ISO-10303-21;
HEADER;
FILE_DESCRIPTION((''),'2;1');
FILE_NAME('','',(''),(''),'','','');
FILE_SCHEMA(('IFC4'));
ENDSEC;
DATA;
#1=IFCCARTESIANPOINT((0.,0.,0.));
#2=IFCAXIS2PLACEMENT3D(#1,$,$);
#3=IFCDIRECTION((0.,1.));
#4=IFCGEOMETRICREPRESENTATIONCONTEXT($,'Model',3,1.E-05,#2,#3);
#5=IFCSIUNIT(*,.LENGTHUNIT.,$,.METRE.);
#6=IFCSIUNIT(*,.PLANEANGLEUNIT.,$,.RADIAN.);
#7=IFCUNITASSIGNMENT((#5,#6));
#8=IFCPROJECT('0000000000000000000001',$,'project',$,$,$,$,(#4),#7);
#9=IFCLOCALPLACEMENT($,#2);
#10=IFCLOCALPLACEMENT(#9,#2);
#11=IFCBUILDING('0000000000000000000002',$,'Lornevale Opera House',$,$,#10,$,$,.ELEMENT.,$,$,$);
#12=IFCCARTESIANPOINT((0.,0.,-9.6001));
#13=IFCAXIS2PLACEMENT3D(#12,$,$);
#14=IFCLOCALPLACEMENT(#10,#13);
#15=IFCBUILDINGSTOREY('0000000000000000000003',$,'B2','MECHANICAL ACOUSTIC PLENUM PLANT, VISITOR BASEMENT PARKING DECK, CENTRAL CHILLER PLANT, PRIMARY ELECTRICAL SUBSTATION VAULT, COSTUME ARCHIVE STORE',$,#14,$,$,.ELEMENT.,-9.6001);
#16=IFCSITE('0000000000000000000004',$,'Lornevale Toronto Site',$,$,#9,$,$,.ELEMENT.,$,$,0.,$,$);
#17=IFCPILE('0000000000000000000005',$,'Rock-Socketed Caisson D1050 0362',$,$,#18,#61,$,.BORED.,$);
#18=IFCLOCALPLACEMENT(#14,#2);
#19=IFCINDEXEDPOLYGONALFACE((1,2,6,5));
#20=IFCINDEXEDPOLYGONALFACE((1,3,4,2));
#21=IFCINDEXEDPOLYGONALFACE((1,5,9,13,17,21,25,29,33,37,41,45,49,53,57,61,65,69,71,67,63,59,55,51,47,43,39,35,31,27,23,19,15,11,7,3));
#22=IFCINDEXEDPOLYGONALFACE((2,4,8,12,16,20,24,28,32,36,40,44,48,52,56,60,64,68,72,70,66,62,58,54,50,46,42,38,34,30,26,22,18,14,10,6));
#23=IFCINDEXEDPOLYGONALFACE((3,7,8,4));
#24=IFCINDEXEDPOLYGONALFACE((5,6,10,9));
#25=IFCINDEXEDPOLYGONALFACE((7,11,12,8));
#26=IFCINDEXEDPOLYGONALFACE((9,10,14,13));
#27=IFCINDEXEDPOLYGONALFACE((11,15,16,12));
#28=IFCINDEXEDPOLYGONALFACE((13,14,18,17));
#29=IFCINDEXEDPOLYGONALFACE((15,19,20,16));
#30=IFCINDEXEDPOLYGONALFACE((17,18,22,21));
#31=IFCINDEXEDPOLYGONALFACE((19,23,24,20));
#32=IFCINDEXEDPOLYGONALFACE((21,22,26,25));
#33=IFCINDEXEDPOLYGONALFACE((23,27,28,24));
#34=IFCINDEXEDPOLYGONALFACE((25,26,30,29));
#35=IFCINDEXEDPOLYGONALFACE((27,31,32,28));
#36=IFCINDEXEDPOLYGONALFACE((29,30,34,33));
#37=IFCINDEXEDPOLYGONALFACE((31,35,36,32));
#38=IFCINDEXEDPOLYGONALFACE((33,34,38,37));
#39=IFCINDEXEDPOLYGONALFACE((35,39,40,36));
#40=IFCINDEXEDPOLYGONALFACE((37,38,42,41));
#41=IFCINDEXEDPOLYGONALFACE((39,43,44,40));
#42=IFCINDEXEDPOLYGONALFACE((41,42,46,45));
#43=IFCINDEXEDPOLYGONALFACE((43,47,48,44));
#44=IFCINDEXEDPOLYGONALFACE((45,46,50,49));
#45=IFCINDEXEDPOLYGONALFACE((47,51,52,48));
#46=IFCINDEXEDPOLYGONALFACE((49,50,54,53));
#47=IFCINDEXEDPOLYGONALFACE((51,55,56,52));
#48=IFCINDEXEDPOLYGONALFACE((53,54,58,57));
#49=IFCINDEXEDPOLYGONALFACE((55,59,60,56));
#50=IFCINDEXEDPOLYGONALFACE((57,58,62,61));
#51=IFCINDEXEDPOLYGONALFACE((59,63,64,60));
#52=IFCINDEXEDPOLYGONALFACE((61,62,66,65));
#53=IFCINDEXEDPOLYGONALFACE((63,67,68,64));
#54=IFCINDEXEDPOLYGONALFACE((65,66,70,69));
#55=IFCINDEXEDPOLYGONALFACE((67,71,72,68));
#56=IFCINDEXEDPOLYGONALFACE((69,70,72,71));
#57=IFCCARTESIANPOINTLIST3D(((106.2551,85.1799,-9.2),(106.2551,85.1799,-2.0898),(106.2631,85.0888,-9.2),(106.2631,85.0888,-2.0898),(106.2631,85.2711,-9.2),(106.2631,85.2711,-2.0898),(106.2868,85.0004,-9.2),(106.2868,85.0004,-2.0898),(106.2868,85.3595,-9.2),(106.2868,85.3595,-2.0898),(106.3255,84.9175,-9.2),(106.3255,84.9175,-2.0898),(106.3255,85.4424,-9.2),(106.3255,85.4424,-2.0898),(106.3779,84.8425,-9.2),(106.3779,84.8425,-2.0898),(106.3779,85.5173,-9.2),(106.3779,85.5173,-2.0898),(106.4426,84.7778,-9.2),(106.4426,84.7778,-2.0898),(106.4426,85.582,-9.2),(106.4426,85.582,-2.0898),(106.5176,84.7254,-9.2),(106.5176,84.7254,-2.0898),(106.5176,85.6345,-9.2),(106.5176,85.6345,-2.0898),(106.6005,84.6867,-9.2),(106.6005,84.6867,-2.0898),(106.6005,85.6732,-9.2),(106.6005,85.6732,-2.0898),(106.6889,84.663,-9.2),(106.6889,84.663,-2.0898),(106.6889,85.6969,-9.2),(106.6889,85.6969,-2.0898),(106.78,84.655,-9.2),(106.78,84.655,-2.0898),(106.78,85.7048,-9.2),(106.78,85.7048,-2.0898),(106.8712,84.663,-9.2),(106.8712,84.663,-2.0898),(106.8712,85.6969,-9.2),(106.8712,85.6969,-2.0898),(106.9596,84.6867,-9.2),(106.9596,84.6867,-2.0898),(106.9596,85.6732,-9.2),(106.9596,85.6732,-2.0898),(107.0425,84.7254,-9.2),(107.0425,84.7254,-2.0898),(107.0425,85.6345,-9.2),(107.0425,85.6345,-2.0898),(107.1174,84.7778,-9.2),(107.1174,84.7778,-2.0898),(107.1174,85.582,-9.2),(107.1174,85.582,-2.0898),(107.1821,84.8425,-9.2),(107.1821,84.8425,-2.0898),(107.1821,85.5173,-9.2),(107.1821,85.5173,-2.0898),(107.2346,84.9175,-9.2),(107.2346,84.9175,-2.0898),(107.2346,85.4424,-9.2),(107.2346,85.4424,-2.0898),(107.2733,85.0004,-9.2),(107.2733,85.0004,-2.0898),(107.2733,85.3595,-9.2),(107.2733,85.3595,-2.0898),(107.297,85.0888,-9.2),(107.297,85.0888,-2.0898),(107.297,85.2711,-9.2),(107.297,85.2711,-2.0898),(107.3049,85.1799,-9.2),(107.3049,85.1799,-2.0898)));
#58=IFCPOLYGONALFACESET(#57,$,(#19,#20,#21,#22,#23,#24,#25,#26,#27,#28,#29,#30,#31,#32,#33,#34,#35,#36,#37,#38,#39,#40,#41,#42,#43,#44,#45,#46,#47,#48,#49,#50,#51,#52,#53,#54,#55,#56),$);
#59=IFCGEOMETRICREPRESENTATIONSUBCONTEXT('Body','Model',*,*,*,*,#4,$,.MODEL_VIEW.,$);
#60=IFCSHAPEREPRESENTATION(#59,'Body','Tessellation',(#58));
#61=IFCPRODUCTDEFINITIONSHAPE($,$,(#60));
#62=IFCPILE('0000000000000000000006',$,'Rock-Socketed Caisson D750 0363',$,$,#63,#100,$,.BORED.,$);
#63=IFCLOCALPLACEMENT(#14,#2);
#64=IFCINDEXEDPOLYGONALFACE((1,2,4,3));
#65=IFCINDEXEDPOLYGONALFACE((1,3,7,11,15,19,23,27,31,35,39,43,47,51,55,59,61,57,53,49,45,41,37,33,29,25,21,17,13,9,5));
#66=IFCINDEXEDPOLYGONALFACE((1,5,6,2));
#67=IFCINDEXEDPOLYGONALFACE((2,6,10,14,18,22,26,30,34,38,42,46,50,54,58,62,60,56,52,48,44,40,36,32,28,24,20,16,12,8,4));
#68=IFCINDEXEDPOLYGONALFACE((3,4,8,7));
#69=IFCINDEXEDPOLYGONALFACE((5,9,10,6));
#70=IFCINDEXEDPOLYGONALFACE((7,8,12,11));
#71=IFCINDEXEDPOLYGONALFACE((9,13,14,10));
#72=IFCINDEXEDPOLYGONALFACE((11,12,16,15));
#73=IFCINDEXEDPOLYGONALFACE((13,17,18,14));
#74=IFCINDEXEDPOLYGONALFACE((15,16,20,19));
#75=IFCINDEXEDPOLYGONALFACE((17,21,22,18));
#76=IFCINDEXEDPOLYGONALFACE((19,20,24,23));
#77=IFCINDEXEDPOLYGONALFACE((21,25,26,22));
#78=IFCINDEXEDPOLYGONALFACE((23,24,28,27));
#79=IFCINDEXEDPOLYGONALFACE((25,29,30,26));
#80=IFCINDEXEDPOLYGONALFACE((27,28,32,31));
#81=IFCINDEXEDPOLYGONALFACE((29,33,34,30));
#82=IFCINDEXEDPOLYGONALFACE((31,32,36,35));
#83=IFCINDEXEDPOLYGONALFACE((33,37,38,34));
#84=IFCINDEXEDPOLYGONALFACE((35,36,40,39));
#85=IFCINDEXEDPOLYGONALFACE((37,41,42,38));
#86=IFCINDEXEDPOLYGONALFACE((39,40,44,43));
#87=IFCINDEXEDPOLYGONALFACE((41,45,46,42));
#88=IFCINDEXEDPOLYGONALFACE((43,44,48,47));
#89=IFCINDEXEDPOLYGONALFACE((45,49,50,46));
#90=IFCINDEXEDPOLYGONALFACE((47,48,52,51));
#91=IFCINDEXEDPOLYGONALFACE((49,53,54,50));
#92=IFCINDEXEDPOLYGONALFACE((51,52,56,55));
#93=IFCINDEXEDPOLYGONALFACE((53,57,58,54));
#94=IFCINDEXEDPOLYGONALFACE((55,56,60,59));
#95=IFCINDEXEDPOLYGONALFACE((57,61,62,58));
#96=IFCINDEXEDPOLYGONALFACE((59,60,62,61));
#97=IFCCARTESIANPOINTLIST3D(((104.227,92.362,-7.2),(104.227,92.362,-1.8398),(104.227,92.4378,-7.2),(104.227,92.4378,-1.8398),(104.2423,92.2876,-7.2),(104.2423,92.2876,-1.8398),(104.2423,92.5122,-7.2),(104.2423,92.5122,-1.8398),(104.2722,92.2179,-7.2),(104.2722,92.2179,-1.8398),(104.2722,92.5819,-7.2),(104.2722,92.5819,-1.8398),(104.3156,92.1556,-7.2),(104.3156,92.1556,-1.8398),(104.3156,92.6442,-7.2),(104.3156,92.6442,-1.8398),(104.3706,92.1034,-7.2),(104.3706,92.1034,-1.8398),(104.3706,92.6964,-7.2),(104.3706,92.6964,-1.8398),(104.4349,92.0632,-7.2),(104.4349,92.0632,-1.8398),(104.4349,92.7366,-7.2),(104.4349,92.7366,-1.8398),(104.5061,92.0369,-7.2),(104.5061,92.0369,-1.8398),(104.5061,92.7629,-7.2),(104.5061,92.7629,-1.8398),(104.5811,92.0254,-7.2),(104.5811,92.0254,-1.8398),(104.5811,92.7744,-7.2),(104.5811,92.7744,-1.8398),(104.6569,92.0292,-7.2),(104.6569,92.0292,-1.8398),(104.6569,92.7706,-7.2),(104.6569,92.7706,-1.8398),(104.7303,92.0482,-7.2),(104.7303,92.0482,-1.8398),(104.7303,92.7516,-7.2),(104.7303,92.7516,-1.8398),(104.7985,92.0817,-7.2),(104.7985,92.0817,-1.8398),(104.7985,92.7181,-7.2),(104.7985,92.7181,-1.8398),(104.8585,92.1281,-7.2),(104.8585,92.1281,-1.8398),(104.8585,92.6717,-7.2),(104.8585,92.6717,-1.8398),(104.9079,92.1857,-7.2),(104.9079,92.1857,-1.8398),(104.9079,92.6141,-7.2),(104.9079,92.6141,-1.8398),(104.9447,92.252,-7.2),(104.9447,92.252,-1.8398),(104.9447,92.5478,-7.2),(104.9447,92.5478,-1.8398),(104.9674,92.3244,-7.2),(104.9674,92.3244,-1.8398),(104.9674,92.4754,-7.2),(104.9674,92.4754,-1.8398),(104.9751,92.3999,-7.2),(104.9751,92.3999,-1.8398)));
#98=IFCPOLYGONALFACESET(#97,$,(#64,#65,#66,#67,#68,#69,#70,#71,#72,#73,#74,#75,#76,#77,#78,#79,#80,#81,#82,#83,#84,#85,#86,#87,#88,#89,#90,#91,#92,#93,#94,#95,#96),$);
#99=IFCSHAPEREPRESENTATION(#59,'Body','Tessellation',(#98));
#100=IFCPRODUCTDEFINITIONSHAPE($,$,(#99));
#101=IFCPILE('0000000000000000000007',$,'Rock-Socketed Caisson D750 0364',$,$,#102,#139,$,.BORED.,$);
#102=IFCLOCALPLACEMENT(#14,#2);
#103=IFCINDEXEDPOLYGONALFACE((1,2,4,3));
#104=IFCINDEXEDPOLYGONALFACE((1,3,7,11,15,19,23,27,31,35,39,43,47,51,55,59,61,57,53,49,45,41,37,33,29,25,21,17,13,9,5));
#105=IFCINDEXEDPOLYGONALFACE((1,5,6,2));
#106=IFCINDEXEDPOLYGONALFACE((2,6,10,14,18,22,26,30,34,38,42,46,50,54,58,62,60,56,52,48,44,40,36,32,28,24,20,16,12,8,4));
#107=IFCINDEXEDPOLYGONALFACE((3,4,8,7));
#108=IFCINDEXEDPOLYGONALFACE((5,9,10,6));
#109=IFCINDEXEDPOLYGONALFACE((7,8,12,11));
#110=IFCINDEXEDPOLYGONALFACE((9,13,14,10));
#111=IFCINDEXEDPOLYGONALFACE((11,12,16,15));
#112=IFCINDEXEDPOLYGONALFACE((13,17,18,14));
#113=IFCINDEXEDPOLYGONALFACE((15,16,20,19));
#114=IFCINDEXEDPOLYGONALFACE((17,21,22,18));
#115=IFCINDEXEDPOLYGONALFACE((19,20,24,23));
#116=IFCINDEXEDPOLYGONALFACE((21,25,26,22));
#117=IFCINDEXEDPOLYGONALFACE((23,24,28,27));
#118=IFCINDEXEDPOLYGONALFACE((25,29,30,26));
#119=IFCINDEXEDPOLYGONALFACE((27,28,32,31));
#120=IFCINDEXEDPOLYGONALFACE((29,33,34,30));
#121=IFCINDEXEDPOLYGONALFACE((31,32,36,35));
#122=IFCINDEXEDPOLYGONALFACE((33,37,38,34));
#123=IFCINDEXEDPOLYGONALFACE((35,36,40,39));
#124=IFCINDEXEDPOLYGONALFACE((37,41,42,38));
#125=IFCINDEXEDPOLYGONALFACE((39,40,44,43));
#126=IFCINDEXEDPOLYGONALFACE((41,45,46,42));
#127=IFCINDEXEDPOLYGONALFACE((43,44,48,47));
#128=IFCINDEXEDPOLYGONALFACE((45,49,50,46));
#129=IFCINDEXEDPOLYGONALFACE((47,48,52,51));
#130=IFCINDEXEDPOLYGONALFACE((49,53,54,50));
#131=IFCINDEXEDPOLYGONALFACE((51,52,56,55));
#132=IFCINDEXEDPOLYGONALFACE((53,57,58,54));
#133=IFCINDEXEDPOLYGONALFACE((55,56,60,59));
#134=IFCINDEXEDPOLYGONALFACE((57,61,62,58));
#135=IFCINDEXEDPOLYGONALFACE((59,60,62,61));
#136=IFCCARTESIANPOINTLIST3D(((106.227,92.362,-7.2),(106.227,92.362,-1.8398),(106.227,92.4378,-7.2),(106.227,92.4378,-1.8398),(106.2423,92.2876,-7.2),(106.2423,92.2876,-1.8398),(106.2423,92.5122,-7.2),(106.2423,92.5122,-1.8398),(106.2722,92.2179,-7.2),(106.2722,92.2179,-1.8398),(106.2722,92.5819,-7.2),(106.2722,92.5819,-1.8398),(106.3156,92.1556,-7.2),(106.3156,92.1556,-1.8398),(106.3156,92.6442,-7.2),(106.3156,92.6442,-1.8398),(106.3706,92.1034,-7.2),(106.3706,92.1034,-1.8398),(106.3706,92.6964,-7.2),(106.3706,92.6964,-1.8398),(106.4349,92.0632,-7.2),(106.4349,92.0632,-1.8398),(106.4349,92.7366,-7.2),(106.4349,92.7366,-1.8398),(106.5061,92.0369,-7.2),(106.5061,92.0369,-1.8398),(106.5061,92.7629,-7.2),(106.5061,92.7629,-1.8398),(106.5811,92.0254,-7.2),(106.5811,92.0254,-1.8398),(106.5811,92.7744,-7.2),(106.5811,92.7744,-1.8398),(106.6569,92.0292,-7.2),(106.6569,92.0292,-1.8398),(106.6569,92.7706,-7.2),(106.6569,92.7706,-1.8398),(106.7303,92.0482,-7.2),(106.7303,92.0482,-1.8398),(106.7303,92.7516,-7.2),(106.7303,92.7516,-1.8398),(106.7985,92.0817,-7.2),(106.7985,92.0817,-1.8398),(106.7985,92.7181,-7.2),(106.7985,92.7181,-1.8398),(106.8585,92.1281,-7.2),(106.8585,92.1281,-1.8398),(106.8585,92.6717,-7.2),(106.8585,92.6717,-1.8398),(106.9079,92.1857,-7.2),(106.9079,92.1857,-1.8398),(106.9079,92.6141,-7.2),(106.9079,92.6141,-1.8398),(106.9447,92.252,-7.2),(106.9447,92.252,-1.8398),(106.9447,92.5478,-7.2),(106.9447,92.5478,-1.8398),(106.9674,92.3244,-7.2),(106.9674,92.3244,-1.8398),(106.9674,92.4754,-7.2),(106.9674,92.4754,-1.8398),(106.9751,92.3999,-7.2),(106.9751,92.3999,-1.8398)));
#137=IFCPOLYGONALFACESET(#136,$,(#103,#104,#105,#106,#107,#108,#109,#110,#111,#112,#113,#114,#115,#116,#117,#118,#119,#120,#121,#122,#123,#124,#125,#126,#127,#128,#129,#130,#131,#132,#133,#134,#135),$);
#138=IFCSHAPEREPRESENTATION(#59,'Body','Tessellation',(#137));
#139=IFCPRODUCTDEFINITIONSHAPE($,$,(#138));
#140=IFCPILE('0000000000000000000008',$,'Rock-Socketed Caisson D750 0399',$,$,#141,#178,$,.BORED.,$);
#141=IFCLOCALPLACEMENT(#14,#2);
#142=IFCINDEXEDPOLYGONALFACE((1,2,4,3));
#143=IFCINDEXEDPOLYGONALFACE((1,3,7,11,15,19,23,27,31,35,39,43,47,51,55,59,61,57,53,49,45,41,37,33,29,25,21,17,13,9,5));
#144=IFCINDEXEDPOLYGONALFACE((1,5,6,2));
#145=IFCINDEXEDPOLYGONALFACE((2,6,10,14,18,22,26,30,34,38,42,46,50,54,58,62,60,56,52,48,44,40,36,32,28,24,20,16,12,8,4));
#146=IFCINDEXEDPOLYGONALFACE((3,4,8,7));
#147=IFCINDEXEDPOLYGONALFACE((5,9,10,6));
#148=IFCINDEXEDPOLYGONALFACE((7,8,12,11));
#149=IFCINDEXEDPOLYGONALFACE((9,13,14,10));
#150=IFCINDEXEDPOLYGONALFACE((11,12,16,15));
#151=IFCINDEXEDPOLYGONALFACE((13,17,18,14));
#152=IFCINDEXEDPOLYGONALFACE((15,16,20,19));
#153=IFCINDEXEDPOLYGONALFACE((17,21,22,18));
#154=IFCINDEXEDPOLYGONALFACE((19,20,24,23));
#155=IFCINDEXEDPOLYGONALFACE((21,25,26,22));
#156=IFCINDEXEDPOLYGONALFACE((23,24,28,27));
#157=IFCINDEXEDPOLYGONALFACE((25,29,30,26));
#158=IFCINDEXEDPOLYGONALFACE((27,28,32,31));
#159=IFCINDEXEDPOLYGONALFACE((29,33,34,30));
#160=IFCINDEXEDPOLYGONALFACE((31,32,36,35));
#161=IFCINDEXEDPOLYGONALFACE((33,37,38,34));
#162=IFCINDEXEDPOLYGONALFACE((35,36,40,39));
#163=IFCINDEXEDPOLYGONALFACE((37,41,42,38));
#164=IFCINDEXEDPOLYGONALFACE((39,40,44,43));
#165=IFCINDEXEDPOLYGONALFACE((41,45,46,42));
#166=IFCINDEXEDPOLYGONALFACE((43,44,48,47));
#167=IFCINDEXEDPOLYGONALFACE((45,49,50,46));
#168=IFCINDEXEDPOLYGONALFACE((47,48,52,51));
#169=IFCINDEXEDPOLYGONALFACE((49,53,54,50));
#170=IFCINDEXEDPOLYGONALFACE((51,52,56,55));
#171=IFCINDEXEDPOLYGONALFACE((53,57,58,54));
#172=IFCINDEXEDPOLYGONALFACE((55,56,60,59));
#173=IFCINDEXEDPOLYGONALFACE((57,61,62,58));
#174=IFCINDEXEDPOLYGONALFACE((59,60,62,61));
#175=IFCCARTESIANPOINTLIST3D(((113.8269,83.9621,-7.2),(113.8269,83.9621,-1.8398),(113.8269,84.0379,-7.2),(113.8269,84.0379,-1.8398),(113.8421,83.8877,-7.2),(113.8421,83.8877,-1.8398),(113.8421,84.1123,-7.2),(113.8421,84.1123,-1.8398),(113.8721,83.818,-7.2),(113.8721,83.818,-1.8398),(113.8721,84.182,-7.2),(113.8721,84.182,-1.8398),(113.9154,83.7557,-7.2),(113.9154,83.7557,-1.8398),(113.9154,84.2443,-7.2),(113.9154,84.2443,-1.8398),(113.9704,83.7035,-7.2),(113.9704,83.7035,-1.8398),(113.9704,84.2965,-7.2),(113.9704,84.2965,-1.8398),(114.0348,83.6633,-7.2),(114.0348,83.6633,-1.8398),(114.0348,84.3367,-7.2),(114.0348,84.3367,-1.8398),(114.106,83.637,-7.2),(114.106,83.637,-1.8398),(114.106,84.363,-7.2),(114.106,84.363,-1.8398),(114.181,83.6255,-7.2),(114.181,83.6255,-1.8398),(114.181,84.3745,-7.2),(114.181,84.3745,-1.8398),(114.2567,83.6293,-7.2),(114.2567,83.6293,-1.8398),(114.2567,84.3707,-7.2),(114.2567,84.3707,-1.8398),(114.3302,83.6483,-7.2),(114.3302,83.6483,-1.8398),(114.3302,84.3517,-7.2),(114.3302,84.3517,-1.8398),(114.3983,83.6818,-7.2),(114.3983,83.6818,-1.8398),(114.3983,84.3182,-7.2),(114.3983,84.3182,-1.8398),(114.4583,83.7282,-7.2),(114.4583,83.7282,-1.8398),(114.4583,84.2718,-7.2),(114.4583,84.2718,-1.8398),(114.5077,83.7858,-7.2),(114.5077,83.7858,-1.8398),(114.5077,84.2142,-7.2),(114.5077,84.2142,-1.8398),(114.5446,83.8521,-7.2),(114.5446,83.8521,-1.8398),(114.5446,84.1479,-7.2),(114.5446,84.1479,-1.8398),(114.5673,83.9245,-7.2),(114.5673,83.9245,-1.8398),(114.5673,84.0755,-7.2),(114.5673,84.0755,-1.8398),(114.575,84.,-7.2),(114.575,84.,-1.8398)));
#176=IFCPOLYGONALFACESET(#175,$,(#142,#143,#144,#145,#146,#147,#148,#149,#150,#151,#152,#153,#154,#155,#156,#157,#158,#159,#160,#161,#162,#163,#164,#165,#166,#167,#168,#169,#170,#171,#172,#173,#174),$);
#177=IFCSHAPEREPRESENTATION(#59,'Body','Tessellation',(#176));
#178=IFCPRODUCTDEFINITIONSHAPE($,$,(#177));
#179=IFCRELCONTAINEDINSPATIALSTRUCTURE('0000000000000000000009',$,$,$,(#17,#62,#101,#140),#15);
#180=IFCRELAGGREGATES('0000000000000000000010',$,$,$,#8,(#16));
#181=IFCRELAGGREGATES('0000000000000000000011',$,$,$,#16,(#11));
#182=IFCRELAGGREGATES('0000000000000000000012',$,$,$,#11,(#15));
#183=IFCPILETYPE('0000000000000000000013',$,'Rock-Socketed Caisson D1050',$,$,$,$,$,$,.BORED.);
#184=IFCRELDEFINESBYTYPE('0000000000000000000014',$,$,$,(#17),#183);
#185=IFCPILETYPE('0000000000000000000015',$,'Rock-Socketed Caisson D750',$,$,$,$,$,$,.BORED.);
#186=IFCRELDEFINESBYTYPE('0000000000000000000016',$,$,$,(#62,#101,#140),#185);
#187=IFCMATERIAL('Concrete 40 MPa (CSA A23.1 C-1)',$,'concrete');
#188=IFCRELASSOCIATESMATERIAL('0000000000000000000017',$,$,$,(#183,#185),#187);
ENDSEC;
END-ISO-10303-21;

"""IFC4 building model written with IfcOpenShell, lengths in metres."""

from ifc_helpers import new_model, si_unit, direction, frame, origin, origin_2d, place, context, subcontext, project, spatial, circle, extrude, material, material_profile, profile_set, type_object, element, save


model = new_model("IFC4")

# Units and contexts
model_context = context("Model", 3, precision=1e-05, world=origin(), true_north=direction((0.0, 1.0)))
body_context = subcontext(model_context, "Body", "Model", "MODEL_VIEW")
ifc_project = project(units=[si_unit("LENGTHUNIT", "METRE"), si_unit("PLANEANGLEUNIT", "RADIAN")], contexts=[model_context])

# Site, building, storey
site_placement = place(None, origin())
site = spatial("IfcSite", under=ifc_project, at=site_placement, Name="Lornevale Toronto Site", CompositionType="ELEMENT", RefElevation=0.0)
building_placement = place(site_placement, origin())
building = spatial("IfcBuilding", under=site, at=building_placement, Name="Lornevale Opera House", CompositionType="ELEMENT")
storey_placement = place(building_placement, frame((0.0, 0.0, -9.6001)))
storey = spatial("IfcBuildingStorey", under=building, at=storey_placement, Name="B2", Description="MECHANICAL ACOUSTIC PLENUM PLANT, VISITOR BASEMENT PARKING DECK, CENTRAL CHILLER PLANT, PRIMARY ELECTRICAL SUBSTATION VAULT, COSTUME ARCHIVE STORE", CompositionType="ELEMENT", Elevation=-9.6001)

# Piles
ifc_material_1 = material(Name="Concrete 40 MPa (CSA A23.1 C-1)", Category="concrete")
ifc_material_profile_1 = material_profile(ifc_material_1, circle(Radius=0.5249, at=origin_2d()), Name="CAIS1050")
ifc_profile_set_1 = profile_set([ifc_material_profile_1], Name="Concrete 40 MPa (CSA A23.1 C-1)")
pile_type_1 = type_object("IfcPileType", Name="Rock-Socketed Caisson D1050", PredefinedType="BORED", material=ifc_profile_set_1)
for number, where, z_axis, x_axis, name in (
    (1, (106.78, 85.1799, -2.0898), (0.0, 0.0, -1.0), (1.0, 0.0, 0.0), "Rock-Socketed Caisson D1050 0362"),
):
    element("IfcPile", number, at=place(storey_placement, frame(where, z_axis=z_axis, x_axis=x_axis)), inside=storey, type_object=pile_type_1, Name=name, PredefinedType="BORED", context=body_context, shape_type="SweptSolid", body=[
        extrude(circle(Radius=0.5249, at=origin_2d()), origin(), (0.0, 0.0, 1.0), 7.1101),
    ])
ifc_material_profile_2 = material_profile(ifc_material_1, circle(Radius=0.375, at=origin_2d()), Name="CAIS750")
ifc_profile_set_2 = profile_set([ifc_material_profile_2], Name="Concrete 40 MPa (CSA A23.1 C-1)")
pile_type_2 = type_object("IfcPileType", Name="Rock-Socketed Caisson D750", PredefinedType="BORED", material=ifc_profile_set_2)
for number, where, z_axis, x_axis, name in (
    (2, (104.6001, 92.3999, -1.8398), (0.0, 0.0, -1.0), (1.0, 0.0, 0.0), "Rock-Socketed Caisson D750 0363"),
    (3, (106.6001, 92.3999, -1.8398), (0.0, 0.0, -1.0), (1.0, 0.0, 0.0), "Rock-Socketed Caisson D750 0364"),
    (4, (114.2, 84.0, -1.8398), (0.0, 0.0, -1.0), (1.0, 0.0, 0.0), "Rock-Socketed Caisson D750 0399"),
):
    element("IfcPile", number, at=place(storey_placement, frame(where, z_axis=z_axis, x_axis=x_axis)), inside=storey, type_object=pile_type_2, Name=name, PredefinedType="BORED", context=body_context, shape_type="SweptSolid", body=[
        extrude(circle(Radius=0.375, at=origin_2d()), origin(), (0.0, 0.0, 1.0), 5.3601),
    ])

save(model, "model.ifc")
